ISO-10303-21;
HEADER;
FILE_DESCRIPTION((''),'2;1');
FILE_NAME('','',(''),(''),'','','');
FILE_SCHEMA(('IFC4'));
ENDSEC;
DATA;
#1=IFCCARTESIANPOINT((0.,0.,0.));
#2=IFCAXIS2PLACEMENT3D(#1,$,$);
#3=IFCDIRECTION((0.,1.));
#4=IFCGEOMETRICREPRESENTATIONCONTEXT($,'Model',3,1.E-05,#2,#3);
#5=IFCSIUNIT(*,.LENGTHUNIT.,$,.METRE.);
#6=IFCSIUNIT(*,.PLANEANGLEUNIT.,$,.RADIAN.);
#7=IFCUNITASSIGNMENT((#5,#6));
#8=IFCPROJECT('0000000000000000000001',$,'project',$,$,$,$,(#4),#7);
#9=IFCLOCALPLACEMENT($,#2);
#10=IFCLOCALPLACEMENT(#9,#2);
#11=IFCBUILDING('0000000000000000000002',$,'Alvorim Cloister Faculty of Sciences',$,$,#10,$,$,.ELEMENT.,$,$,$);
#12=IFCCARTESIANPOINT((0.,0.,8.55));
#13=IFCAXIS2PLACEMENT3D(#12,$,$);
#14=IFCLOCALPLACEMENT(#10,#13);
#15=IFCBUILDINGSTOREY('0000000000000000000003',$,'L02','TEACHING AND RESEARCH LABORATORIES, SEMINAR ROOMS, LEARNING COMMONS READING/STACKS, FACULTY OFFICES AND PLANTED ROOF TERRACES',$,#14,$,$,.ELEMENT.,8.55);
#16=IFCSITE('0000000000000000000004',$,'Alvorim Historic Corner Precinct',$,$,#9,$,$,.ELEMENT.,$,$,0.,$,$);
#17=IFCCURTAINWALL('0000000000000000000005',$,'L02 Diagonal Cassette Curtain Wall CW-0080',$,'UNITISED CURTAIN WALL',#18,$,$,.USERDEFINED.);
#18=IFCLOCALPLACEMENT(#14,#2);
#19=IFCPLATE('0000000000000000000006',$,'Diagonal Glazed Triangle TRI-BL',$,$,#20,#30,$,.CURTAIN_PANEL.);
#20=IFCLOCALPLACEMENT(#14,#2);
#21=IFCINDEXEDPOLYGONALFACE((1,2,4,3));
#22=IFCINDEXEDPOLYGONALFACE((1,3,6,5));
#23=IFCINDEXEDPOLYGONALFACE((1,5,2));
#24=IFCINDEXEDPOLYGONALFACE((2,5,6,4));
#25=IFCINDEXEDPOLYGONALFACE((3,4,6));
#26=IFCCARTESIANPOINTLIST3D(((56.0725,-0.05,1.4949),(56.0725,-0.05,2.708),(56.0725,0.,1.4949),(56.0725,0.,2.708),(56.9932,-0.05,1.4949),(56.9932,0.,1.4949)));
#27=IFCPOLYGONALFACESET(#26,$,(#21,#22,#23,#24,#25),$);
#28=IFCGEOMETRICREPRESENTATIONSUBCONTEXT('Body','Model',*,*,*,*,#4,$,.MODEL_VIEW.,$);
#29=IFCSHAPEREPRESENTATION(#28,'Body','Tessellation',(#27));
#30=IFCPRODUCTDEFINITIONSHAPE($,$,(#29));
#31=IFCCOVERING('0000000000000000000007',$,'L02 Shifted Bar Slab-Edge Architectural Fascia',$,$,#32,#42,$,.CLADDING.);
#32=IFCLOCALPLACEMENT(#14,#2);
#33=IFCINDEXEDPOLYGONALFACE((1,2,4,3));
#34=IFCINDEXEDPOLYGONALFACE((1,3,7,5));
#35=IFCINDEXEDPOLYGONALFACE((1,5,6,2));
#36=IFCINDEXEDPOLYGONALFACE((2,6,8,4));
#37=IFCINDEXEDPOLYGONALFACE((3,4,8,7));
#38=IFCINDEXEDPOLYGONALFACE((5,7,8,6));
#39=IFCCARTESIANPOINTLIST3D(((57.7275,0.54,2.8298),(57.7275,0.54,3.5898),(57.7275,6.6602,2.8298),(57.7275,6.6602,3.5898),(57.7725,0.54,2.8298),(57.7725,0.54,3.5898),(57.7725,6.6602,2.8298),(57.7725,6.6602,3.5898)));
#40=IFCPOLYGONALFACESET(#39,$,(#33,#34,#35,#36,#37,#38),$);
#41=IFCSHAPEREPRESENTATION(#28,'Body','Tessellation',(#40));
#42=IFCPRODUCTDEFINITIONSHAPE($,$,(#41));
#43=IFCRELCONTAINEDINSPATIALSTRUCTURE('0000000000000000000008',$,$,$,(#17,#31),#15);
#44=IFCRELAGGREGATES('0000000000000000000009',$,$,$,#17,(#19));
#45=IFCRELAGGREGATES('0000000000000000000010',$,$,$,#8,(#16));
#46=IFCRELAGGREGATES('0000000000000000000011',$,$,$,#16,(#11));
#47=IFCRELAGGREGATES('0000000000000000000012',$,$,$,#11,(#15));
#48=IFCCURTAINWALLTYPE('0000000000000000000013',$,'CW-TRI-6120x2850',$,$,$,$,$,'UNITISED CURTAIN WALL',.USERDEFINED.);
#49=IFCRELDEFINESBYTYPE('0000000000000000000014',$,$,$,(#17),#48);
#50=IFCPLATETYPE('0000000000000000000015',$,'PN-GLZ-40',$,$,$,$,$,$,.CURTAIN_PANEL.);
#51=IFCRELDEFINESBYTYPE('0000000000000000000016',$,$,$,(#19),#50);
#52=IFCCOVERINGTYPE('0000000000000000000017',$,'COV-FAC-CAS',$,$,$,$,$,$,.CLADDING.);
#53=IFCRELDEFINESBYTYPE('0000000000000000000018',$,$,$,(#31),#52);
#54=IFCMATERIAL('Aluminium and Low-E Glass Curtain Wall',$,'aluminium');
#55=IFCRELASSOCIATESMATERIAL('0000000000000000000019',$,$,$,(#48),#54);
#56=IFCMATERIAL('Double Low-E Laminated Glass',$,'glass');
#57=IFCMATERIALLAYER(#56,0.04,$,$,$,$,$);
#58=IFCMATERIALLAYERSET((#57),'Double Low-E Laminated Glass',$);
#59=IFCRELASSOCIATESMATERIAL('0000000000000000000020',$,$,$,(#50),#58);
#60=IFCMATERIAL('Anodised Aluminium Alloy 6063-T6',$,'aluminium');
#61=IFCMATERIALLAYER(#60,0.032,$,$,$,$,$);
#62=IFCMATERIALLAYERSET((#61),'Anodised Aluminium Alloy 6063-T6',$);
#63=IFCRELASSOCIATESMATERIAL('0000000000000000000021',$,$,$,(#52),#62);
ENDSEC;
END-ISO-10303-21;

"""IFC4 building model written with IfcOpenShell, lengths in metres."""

from ifc_helpers import new_model, si_unit, direction, frame, origin, place, context, subcontext, project, spatial, polyline, outline, extrude, material, layer, layer_set, type_object, element, aggregate, save


model = new_model("IFC4")

# Units and contexts
model_context = context("Model", 3, precision=1e-05, world=origin(), true_north=direction((0.0, 1.0)))
body_context = subcontext(model_context, "Body", "Model", "MODEL_VIEW")
ifc_project = project(units=[si_unit("LENGTHUNIT", "METRE"), si_unit("PLANEANGLEUNIT", "RADIAN")], contexts=[model_context])

# Site, building, storey
site_placement = place(None, origin())
site = spatial("IfcSite", under=ifc_project, at=site_placement, Name="Alvorim Historic Corner Precinct", CompositionType="ELEMENT", RefElevation=0.0)
building_placement = place(site_placement, origin())
building = spatial("IfcBuilding", under=site, at=building_placement, Name="Alvorim Cloister Faculty of Sciences", CompositionType="ELEMENT")
storey_placement = place(building_placement, frame((0.0, 0.0, 8.55)))
storey = spatial("IfcBuildingStorey", under=building, at=storey_placement, Name="L02", Description="TEACHING AND RESEARCH LABORATORIES, SEMINAR ROOMS, LEARNING COMMONS READING/STACKS, FACULTY OFFICES AND PLANTED ROOF TERRACES", CompositionType="ELEMENT", Elevation=8.55)

# Shared definitions
ifc_material_1 = material(Name="Aluminium and Low-E Glass Curtain Wall", Category="aluminium")
curtain_wall_type = type_object("IfcCurtainWallType", Name="CW-TRI-6120x2850", ElementType="UNITISED CURTAIN WALL", PredefinedType="USERDEFINED", material=ifc_material_1)

# Curtain wall
curtain_wall_1_placement = place(storey_placement, origin())
curtain_wall_1 = element("IfcCurtainWall", 1, at=curtain_wall_1_placement, inside=storey, type_object=curtain_wall_type, Name="L02 Diagonal Cassette Curtain Wall CW-0080", ObjectType="UNITISED CURTAIN WALL", PredefinedType="USERDEFINED")

# Plate
ifc_material_2 = material(Name="Double Low-E Laminated Glass", Category="glass")
ifc_layer_1 = layer(ifc_material_2, 0.04)
ifc_layer_set_1 = layer_set([ifc_layer_1], Name="Double Low-E Laminated Glass")
plate_type = type_object("IfcPlateType", Name="PN-GLZ-40", PredefinedType="CURTAIN_PANEL", material=ifc_layer_set_1)
plate_1_placement = place(storey_placement, frame((56.0725, -0.0249, 1.4949), z_axis=(0.0, 0.0, 1.0), x_axis=(1.0, 0.0, 0.0)))
plate_1 = element("IfcPlate", 2, at=plate_1_placement, type_object=plate_type, Name="Diagonal Glazed Triangle TRI-BL", PredefinedType="CURTAIN_PANEL", context=body_context, shape_type="SweptSolid", body=[
    extrude(outline(polyline([(0.0, 0.0), (0.9207, 0.0), (0.0, 1.2131), (0.0, 0.0)])), frame((0.0, 0.0249, 0.0), z_axis=(0.0, -1.0, 0.0), x_axis=(1.0, 0.0, 0.0)), (0.0, 0.0, 1.0), 0.05),
])
aggregate(curtain_wall_1, [plate_1])

# Covering
ifc_material_3 = material(Name="Anodised Aluminium Alloy 6063-T6", Category="aluminium")
ifc_layer_2 = layer(ifc_material_3, 0.032)
ifc_layer_set_2 = layer_set([ifc_layer_2], Name="Anodised Aluminium Alloy 6063-T6")
covering_type = type_object("IfcCoveringType", Name="COV-FAC-CAS", PredefinedType="CLADDING", material=ifc_layer_set_2)
covering_placement = place(storey_placement, frame((57.75, 0.54, 2.8298), z_axis=(0.0, 0.0, 1.0), x_axis=(0.0, 1.0, 0.0)))
element("IfcCovering", 3, at=covering_placement, inside=storey, type_object=covering_type, Name="L02 Shifted Bar Slab-Edge Architectural Fascia", PredefinedType="CLADDING", context=body_context, shape_type="SweptSolid", body=[
    extrude(outline(polyline([(0.0, 0.0), (6.1201, 0.0), (6.1201, 0.76), (0.0, 0.76), (0.0, 0.0)])), frame((0.0, 0.0225, 0.0), z_axis=(0.0, -1.0, 0.0), x_axis=(1.0, 0.0, 0.0)), (0.0, 0.0, 1.0), 0.0449),
])

save(model, "model.ifc")
